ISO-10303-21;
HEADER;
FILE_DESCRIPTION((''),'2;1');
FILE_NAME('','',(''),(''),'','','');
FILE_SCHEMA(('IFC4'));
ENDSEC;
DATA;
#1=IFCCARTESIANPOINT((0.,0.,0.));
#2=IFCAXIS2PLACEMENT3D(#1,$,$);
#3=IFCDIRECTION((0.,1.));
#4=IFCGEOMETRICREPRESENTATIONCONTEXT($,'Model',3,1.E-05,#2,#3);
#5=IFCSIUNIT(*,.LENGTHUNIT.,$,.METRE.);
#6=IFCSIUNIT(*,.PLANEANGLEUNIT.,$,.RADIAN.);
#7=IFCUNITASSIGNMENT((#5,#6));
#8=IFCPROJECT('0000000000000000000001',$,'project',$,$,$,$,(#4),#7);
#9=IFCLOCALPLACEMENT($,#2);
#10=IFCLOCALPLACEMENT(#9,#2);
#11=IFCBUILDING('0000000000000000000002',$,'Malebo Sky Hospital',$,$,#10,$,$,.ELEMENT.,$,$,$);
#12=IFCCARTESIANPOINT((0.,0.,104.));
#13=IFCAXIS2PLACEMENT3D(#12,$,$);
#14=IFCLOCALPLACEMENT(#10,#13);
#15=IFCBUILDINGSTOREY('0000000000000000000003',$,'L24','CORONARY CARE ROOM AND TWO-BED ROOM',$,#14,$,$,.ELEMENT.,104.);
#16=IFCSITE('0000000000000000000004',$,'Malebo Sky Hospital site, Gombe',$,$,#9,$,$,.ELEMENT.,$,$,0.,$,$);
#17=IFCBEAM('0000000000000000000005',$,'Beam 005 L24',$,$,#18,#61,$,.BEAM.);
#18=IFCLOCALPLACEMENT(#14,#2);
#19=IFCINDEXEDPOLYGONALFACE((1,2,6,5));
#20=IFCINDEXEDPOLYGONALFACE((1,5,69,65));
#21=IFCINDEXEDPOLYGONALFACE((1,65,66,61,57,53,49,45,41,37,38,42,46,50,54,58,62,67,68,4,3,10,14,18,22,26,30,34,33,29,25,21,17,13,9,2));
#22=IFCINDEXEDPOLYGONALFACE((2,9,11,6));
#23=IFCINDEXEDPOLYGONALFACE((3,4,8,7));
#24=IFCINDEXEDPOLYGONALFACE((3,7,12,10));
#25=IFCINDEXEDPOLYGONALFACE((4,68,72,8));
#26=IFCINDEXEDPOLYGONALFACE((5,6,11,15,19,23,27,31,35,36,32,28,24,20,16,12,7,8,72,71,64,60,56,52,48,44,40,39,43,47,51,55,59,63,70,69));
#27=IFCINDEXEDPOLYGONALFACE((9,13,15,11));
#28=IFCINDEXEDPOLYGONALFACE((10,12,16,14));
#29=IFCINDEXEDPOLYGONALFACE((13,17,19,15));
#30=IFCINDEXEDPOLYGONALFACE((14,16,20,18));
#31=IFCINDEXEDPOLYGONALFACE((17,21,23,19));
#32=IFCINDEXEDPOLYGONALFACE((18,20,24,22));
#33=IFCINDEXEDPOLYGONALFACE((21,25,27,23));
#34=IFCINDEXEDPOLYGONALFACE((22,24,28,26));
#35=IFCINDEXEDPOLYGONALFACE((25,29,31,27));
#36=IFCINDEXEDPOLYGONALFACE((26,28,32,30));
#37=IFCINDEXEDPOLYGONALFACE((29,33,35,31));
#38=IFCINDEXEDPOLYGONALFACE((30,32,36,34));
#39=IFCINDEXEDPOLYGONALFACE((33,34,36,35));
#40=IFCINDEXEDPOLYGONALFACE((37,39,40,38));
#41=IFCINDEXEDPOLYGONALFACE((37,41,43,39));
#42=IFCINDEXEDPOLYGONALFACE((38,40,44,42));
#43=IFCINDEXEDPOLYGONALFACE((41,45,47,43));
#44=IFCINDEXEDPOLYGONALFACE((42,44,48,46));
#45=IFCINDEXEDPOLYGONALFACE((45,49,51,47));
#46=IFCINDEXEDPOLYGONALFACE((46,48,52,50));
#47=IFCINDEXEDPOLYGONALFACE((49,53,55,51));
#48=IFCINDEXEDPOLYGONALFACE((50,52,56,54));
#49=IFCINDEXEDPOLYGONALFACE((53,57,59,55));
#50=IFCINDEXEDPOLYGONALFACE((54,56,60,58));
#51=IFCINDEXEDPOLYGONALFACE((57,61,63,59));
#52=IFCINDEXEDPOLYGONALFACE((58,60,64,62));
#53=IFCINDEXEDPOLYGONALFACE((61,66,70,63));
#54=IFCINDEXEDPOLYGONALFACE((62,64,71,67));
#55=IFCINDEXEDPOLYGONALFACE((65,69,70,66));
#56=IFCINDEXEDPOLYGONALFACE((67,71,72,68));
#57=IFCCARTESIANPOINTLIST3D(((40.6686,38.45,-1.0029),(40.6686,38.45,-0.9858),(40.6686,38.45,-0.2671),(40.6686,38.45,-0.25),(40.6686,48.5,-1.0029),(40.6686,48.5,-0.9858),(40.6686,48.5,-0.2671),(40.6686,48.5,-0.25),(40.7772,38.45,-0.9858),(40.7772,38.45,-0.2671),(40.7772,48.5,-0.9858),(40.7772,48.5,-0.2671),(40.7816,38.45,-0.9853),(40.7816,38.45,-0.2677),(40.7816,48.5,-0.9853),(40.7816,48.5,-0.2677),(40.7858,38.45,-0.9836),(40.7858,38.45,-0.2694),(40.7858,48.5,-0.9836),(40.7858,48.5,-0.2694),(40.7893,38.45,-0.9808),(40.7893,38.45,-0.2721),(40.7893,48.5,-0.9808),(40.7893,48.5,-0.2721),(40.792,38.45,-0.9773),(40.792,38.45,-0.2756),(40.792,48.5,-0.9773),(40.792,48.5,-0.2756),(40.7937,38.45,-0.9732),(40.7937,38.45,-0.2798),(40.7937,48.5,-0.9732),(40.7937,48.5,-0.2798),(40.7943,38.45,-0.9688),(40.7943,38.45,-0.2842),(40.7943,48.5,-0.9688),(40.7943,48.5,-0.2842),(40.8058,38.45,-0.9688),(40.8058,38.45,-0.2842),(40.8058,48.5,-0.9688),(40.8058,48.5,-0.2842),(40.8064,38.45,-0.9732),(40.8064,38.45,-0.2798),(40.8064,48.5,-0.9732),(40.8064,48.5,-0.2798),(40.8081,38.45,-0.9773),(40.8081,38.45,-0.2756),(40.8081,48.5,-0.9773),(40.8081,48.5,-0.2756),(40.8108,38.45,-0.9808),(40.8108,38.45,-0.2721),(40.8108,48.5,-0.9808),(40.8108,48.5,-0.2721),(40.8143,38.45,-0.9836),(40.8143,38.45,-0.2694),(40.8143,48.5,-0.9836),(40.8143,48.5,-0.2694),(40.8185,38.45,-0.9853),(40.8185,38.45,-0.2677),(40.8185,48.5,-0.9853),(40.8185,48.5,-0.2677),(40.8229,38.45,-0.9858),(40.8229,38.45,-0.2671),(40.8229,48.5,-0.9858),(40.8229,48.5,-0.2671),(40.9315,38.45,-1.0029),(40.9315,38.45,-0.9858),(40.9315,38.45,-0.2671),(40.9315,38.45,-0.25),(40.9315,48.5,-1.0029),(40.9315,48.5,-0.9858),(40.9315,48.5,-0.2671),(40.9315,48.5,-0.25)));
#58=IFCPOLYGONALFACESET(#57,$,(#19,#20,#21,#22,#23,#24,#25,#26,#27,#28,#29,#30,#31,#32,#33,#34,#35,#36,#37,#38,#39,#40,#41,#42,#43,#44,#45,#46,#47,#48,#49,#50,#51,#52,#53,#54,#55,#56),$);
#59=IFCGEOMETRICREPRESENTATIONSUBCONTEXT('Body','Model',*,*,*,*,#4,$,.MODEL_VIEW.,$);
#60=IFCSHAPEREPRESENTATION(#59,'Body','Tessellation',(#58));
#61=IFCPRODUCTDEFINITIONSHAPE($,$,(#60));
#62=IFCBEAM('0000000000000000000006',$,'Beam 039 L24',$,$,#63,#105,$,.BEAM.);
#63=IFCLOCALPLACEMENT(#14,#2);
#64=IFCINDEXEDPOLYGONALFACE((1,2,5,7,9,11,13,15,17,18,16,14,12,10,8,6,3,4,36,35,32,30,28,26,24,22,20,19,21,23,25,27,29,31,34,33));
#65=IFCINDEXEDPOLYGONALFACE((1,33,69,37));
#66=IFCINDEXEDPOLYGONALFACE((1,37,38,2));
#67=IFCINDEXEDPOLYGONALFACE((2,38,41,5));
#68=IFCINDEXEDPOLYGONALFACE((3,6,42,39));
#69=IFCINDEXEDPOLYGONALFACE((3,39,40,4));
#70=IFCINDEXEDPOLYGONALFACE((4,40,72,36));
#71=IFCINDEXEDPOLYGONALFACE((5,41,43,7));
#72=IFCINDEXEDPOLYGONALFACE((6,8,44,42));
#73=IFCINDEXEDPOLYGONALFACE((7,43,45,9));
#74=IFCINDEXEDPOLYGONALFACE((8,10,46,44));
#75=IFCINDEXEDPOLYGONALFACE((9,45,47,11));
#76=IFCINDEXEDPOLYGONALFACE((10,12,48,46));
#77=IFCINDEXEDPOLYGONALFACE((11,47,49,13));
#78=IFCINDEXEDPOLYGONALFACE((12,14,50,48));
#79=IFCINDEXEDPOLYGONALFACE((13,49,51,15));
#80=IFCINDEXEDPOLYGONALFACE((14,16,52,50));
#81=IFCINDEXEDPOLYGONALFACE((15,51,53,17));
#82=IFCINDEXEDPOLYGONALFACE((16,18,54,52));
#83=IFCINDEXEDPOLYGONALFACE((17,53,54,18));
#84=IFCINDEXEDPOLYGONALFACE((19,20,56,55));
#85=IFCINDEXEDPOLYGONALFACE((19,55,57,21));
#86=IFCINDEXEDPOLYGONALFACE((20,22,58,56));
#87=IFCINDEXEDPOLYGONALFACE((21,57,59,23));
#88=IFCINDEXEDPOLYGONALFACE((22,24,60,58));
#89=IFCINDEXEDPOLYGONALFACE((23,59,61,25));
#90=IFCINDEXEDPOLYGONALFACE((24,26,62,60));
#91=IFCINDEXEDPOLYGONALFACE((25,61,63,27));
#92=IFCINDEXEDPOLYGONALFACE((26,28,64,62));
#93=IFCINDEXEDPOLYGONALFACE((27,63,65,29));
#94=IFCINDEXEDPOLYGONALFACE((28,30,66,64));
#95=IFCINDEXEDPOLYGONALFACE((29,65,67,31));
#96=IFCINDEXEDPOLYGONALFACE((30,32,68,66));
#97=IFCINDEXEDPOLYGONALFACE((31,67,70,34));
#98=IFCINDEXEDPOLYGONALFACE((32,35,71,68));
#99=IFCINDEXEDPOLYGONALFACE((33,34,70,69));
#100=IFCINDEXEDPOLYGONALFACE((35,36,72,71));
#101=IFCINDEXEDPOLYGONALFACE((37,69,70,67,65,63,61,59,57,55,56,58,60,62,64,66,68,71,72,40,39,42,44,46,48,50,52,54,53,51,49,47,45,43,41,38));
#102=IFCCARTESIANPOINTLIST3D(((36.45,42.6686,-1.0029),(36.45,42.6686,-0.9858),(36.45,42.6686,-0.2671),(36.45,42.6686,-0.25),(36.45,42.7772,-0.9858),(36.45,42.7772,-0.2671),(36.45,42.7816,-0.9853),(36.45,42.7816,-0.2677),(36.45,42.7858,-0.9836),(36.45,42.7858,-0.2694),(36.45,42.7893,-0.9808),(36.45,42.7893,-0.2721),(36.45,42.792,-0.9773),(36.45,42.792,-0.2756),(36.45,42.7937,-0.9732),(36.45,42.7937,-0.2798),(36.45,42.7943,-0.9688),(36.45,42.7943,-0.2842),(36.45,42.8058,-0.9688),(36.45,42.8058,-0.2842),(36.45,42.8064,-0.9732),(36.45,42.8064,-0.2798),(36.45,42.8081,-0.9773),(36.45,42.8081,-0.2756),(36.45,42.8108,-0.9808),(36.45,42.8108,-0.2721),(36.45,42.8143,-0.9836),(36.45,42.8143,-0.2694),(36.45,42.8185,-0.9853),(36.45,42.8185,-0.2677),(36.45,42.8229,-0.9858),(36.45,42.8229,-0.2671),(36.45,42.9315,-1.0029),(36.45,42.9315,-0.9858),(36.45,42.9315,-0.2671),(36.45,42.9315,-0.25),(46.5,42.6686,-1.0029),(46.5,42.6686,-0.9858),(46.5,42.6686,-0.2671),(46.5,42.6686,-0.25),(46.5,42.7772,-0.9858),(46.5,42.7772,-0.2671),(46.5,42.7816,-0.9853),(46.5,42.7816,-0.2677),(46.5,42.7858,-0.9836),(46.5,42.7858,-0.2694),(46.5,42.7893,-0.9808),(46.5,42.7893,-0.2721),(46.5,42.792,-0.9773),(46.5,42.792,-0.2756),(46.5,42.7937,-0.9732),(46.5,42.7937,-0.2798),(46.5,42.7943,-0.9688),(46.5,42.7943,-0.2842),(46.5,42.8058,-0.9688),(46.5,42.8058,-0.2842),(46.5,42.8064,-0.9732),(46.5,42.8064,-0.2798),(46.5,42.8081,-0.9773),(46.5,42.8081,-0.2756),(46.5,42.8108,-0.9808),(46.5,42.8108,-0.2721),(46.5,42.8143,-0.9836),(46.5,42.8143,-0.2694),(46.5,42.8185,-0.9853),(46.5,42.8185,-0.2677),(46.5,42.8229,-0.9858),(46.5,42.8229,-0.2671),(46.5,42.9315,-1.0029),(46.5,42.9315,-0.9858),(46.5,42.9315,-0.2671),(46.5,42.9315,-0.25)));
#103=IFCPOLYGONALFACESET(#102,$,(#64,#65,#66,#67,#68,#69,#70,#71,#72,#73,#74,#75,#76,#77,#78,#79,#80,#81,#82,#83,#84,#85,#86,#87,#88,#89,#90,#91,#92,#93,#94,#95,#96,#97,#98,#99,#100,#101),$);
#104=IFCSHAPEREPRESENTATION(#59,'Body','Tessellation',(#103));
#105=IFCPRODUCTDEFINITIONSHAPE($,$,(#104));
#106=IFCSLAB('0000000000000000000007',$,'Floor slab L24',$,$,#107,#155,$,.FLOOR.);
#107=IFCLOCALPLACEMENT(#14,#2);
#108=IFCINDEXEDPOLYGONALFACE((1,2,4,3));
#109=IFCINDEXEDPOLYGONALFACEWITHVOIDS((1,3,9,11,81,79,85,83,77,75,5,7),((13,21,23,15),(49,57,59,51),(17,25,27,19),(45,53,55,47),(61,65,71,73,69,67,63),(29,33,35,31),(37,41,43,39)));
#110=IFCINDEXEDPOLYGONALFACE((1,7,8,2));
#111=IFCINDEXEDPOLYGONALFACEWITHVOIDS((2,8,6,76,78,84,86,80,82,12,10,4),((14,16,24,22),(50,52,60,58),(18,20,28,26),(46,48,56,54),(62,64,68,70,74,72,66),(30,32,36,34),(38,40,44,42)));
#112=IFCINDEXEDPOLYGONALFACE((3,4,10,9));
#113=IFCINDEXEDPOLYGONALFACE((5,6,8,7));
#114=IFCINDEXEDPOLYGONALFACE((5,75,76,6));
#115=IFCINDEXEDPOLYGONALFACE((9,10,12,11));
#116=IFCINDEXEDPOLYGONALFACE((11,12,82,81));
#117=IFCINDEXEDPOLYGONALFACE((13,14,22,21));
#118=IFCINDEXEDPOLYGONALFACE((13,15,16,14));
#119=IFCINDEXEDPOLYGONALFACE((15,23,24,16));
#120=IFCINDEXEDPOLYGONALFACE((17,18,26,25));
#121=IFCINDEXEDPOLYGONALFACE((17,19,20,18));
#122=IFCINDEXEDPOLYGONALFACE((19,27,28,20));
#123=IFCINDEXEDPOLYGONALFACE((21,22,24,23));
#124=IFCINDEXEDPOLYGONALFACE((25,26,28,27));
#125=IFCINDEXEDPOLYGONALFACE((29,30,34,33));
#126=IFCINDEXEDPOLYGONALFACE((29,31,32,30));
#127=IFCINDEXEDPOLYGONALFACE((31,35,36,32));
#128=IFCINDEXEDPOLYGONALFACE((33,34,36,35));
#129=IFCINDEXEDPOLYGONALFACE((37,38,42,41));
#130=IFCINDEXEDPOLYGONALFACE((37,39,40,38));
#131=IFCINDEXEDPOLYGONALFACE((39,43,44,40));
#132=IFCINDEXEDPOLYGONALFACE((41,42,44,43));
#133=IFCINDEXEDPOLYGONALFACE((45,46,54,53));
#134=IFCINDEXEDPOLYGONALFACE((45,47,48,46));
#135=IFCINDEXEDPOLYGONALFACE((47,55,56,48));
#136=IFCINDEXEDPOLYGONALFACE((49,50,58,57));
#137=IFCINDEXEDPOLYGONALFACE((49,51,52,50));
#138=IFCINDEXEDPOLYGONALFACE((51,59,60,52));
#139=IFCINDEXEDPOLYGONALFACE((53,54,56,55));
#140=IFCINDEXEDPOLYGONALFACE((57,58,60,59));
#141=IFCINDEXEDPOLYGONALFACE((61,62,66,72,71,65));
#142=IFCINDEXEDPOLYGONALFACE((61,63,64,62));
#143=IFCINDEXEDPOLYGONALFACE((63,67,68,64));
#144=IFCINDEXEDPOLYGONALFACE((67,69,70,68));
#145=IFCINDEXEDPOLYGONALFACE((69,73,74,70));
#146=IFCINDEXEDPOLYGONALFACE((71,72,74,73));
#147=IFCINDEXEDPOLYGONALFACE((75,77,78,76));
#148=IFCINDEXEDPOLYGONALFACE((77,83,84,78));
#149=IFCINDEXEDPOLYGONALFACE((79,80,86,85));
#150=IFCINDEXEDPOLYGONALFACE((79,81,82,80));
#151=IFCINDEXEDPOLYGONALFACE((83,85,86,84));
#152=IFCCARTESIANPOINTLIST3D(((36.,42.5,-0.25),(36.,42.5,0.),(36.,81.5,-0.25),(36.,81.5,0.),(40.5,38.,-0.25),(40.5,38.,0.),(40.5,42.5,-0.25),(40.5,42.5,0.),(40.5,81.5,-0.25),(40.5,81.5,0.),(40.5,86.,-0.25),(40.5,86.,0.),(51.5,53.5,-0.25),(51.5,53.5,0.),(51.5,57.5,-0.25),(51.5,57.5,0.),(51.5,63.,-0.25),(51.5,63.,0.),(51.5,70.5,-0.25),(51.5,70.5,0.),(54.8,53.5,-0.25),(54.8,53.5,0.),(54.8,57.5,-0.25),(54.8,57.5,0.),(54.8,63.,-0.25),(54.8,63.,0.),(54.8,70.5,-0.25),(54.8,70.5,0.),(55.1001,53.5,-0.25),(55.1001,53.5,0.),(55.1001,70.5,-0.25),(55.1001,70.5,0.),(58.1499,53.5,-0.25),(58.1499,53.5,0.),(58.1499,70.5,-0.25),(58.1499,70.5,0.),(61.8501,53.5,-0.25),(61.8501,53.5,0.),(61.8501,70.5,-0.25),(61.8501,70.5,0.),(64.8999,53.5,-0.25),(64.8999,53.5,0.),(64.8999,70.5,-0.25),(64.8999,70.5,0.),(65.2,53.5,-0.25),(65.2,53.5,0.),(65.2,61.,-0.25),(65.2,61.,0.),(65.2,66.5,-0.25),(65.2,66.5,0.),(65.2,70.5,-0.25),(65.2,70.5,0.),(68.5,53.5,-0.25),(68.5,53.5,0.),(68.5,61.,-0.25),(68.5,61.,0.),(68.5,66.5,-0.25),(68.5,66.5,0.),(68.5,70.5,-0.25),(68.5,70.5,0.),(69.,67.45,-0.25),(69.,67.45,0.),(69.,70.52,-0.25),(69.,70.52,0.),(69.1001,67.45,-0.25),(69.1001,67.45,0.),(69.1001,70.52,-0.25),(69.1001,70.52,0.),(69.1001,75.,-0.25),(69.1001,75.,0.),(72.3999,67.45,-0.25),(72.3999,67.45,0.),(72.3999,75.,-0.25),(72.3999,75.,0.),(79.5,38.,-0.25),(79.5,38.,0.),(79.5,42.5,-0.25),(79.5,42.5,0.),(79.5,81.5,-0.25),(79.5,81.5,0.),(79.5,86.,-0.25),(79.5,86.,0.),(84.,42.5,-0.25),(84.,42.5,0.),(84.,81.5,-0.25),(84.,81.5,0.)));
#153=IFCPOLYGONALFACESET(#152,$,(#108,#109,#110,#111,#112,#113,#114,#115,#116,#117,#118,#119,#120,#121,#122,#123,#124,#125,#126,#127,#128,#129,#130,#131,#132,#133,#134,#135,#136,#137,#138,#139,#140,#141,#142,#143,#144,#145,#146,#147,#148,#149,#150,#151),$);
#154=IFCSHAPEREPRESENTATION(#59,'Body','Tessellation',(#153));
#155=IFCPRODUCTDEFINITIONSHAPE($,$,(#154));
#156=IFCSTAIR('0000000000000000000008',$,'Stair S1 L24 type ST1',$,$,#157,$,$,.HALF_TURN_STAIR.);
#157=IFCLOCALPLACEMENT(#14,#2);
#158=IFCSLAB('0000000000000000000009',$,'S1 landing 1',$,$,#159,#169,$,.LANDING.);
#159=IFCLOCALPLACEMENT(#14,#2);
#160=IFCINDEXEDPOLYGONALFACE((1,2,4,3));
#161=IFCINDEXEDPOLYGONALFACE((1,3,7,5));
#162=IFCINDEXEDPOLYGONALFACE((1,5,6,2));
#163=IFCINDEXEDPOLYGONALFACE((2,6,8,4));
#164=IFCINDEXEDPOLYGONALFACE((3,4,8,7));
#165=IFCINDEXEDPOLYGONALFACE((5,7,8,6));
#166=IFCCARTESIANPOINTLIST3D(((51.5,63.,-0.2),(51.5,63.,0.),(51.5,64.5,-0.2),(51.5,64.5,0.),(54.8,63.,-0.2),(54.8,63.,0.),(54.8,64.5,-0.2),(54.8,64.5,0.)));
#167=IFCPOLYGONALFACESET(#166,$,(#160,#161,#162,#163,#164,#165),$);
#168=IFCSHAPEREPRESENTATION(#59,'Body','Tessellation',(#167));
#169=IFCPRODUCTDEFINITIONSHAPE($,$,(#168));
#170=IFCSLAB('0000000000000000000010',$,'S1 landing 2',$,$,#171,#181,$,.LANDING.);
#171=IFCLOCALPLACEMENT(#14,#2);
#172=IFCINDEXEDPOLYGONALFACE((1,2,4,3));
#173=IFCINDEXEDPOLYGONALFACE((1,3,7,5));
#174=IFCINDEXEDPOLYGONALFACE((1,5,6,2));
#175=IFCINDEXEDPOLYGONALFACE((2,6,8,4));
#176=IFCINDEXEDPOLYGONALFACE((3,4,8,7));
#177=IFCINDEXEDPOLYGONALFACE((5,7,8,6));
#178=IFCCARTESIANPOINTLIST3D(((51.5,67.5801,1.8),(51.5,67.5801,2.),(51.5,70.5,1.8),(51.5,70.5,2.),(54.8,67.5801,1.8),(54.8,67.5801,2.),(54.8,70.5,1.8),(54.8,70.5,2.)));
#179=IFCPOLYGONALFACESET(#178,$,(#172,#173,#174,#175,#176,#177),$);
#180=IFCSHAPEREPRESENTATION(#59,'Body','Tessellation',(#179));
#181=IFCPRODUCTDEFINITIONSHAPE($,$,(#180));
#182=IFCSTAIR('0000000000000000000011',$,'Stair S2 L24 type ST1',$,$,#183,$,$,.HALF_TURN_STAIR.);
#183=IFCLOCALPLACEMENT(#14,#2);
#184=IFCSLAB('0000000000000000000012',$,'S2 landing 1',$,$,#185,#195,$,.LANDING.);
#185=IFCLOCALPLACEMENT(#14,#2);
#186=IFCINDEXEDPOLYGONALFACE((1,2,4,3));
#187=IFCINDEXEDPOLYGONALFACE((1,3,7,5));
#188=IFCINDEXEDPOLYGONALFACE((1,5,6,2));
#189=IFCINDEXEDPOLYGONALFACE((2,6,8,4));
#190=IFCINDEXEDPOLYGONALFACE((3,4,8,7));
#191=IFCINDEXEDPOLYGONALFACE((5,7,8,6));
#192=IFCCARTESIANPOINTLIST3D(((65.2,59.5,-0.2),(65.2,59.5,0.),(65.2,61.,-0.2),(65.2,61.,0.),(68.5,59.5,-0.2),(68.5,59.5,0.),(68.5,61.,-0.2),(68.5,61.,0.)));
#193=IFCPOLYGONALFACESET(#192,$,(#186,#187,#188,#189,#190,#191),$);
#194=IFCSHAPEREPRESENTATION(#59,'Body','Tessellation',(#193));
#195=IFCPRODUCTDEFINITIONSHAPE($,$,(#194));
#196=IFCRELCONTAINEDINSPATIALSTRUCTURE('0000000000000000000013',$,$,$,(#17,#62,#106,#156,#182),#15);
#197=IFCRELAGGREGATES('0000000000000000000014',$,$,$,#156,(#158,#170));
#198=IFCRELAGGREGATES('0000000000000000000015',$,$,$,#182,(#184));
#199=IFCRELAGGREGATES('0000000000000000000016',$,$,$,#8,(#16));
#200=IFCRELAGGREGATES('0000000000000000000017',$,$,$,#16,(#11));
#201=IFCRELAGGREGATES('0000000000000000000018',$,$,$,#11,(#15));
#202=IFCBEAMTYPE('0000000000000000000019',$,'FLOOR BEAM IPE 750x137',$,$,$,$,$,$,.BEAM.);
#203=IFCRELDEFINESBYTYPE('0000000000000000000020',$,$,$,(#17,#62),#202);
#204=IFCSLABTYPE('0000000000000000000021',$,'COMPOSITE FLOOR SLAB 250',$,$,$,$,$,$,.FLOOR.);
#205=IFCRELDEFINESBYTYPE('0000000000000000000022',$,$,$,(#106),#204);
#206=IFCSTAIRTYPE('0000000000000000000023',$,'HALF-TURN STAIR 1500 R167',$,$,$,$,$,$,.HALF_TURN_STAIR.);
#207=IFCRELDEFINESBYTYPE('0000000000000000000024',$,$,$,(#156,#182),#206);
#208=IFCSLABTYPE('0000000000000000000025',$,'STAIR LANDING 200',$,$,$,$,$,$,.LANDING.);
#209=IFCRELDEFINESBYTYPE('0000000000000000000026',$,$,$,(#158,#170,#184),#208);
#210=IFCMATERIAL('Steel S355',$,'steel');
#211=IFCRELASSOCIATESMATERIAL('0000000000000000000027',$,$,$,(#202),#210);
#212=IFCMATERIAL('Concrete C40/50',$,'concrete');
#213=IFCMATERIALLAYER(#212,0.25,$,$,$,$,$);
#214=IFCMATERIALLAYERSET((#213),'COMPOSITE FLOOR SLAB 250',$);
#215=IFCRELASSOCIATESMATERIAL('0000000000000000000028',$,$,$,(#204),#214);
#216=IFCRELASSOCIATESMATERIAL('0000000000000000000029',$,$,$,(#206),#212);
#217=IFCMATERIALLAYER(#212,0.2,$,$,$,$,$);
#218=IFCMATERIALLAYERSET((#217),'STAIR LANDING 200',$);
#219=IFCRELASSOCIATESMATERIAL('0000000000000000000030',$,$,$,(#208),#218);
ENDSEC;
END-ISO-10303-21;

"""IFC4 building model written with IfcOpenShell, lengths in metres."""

from ifc_helpers import new_model, si_unit, direction, frame, origin, origin_2d, place, context, subcontext, project, spatial, polyline, i_section, outline, extrude, material, layer, layer_set, material_profile, profile_set, type_object, element, aggregate, save


model = new_model("IFC4")

# Units and contexts
model_context = context("Model", 3, precision=1e-05, world=origin(), true_north=direction((0.0, 1.0)))
body_context = subcontext(model_context, "Body", "Model", "MODEL_VIEW")
ifc_project = project(units=[si_unit("LENGTHUNIT", "METRE"), si_unit("PLANEANGLEUNIT", "RADIAN")], contexts=[model_context])

# Site, building, storey
site_placement = place(None, origin())
site = spatial("IfcSite", under=ifc_project, at=site_placement, Name="Malebo Sky Hospital site, Gombe", CompositionType="ELEMENT", RefElevation=0.0)
building_placement = place(site_placement, origin())
building = spatial("IfcBuilding", under=site, at=building_placement, Name="Malebo Sky Hospital", CompositionType="ELEMENT")
storey_placement = place(building_placement, frame((0.0, 0.0, 104.0)))
storey = spatial("IfcBuildingStorey", under=building, at=storey_placement, Name="L24", Description="CORONARY CARE ROOM AND TWO-BED ROOM", CompositionType="ELEMENT", Elevation=104.0)

# Beams
ifc_material_1 = material(Name="Steel S355", Category="steel")
ifc_material_profile_1 = material_profile(ifc_material_1, i_section(OverallWidth=0.2629, OverallDepth=0.7529, WebThickness=0.0115, FlangeThickness=0.0171, FilletRadius=0.0171, at=origin_2d()), Name="IPE 750x137")
ifc_profile_set_1 = profile_set([ifc_material_profile_1], Name="Steel S355")
beam_type_1 = type_object("IfcBeamType", Name="FLOOR BEAM IPE 750x137", PredefinedType="BEAM", material=ifc_profile_set_1)
for number, where, z_axis, x_axis, name in (
    (1, (40.8, 38.45, -0.6265), (0.0, 1.0, 0.0), (-1.0, 0.0, 0.0), "Beam 005 L24"),
    (2, (36.45, 42.8, -0.6265), (1.0, 0.0, 0.0), (0.0, 1.0, 0.0), "Beam 039 L24"),
):
    element("IfcBeam", number, at=place(storey_placement, frame(where, z_axis=z_axis, x_axis=x_axis)), inside=storey, type_object=beam_type_1, Name=name, PredefinedType="BEAM", context=body_context, shape_type="SweptSolid", body=[
        extrude(i_section(OverallWidth=0.2629, OverallDepth=0.7529, WebThickness=0.0115, FlangeThickness=0.0171, FilletRadius=0.0171, at=origin_2d()), origin(), (0.0, 0.0, 1.0), 10.05),
    ])

# Slab
ifc_material_2 = material(Name="Concrete C40/50", Category="concrete")
ifc_layer_1 = layer(ifc_material_2, 0.25)
ifc_layer_set_1 = layer_set([ifc_layer_1], Name="COMPOSITE FLOOR SLAB 250")
slab_type_1 = type_object("IfcSlabType", Name="COMPOSITE FLOOR SLAB 250", PredefinedType="FLOOR", material=ifc_layer_set_1)
slab_1_placement = place(storey_placement, frame((0.0, 0.0, -0.25)))
element("IfcSlab", 3, at=slab_1_placement, inside=storey, type_object=slab_type_1, Name="Floor slab L24", PredefinedType="FLOOR", context=body_context, shape_type="SweptSolid", body=[
    extrude(outline(polyline([(40.5, 86.0), (40.5, 81.5), (36.0, 81.5), (36.0, 42.5), (40.5, 42.5), (40.5, 38.0), (79.5, 38.0), (79.5, 42.5), (84.0, 42.5), (84.0, 81.5), (79.5, 81.5), (79.5, 86.0), (40.5, 86.0)]), holes=[polyline([(55.1001, 70.5), (58.1499, 70.5), (58.1499, 53.5), (55.1001, 53.5), (55.1001, 70.5)]), polyline([(64.8999, 70.5), (64.8999, 53.5), (61.8501, 53.5), (61.8501, 70.5), (64.8999, 70.5)]), polyline([(54.8, 63.0), (51.5, 63.0), (51.5, 70.5), (54.8, 70.5), (54.8, 63.0)]), polyline([(51.5, 53.5), (51.5, 57.5), (54.8, 57.5), (54.8, 53.5), (51.5, 53.5)]), polyline([(65.2, 61.0), (68.5, 61.0), (68.5, 53.5), (65.2, 53.5), (65.2, 61.0)]), polyline([(68.5, 70.5), (68.5, 66.5), (65.2, 66.5), (65.2, 70.5), (68.5, 70.5)]), polyline([(69.0, 67.45), (69.0, 70.52), (69.1001, 70.52), (69.1001, 75.0), (72.3999, 75.0), (72.3999, 67.45), (69.1001, 67.45), (69.0, 67.45)])]), origin(), (0.0, 0.0, 1.0), 0.25),
])

# Stairs, slabs
stair_type_1 = type_object("IfcStairType", Name="HALF-TURN STAIR 1500 R167", PredefinedType="HALF_TURN_STAIR", material=ifc_material_2)
stair_1_placement = place(storey_placement, origin())
stair_1 = element("IfcStair", 4, at=stair_1_placement, inside=storey, type_object=stair_type_1, Name="Stair S1 L24 type ST1", PredefinedType="HALF_TURN_STAIR")
ifc_layer_2 = layer(ifc_material_2, 0.2)
ifc_layer_set_2 = layer_set([ifc_layer_2], Name="STAIR LANDING 200")
slab_type_2 = type_object("IfcSlabType", Name="STAIR LANDING 200", PredefinedType="LANDING", material=ifc_layer_set_2)
slab_2_placement = place(storey_placement, frame((0.0, 0.0, -0.2)))
slab_2 = element("IfcSlab", 5, at=slab_2_placement, type_object=slab_type_2, Name="S1 landing 1", PredefinedType="LANDING", context=body_context, shape_type="SweptSolid", body=[
    extrude(outline(polyline([(51.5, 63.0), (54.8, 63.0), (54.8, 64.5), (51.5, 64.5), (51.5, 63.0)])), origin(), (0.0, 0.0, 1.0), 0.2),
])
slab_3_placement = place(storey_placement, frame((0.0, 0.0, 1.8)))
slab_3 = element("IfcSlab", 6, at=slab_3_placement, type_object=slab_type_2, Name="S1 landing 2", PredefinedType="LANDING", context=body_context, shape_type="SweptSolid", body=[
    extrude(outline(polyline([(51.5, 67.5801), (54.8, 67.5801), (54.8, 70.5), (51.5, 70.5), (51.5, 67.5801)])), origin(), (0.0, 0.0, 1.0), 0.2),
])
aggregate(stair_1, [slab_2, slab_3])
stair_2_placement = place(storey_placement, origin())
stair_2 = element("IfcStair", 7, at=stair_2_placement, inside=storey, type_object=stair_type_1, Name="Stair S2 L24 type ST1", PredefinedType="HALF_TURN_STAIR")
slab_4_placement = place(storey_placement, frame((0.0, 0.0, -0.2)))
slab_4 = element("IfcSlab", 8, at=slab_4_placement, type_object=slab_type_2, Name="S2 landing 1", PredefinedType="LANDING", context=body_context, shape_type="SweptSolid", body=[
    extrude(outline(polyline([(65.2, 59.5), (68.5, 59.5), (68.5, 61.0), (65.2, 61.0), (65.2, 59.5)])), origin(), (0.0, 0.0, 1.0), 0.2),
])
aggregate(stair_2, [slab_4])

save(model, "model.ifc")
